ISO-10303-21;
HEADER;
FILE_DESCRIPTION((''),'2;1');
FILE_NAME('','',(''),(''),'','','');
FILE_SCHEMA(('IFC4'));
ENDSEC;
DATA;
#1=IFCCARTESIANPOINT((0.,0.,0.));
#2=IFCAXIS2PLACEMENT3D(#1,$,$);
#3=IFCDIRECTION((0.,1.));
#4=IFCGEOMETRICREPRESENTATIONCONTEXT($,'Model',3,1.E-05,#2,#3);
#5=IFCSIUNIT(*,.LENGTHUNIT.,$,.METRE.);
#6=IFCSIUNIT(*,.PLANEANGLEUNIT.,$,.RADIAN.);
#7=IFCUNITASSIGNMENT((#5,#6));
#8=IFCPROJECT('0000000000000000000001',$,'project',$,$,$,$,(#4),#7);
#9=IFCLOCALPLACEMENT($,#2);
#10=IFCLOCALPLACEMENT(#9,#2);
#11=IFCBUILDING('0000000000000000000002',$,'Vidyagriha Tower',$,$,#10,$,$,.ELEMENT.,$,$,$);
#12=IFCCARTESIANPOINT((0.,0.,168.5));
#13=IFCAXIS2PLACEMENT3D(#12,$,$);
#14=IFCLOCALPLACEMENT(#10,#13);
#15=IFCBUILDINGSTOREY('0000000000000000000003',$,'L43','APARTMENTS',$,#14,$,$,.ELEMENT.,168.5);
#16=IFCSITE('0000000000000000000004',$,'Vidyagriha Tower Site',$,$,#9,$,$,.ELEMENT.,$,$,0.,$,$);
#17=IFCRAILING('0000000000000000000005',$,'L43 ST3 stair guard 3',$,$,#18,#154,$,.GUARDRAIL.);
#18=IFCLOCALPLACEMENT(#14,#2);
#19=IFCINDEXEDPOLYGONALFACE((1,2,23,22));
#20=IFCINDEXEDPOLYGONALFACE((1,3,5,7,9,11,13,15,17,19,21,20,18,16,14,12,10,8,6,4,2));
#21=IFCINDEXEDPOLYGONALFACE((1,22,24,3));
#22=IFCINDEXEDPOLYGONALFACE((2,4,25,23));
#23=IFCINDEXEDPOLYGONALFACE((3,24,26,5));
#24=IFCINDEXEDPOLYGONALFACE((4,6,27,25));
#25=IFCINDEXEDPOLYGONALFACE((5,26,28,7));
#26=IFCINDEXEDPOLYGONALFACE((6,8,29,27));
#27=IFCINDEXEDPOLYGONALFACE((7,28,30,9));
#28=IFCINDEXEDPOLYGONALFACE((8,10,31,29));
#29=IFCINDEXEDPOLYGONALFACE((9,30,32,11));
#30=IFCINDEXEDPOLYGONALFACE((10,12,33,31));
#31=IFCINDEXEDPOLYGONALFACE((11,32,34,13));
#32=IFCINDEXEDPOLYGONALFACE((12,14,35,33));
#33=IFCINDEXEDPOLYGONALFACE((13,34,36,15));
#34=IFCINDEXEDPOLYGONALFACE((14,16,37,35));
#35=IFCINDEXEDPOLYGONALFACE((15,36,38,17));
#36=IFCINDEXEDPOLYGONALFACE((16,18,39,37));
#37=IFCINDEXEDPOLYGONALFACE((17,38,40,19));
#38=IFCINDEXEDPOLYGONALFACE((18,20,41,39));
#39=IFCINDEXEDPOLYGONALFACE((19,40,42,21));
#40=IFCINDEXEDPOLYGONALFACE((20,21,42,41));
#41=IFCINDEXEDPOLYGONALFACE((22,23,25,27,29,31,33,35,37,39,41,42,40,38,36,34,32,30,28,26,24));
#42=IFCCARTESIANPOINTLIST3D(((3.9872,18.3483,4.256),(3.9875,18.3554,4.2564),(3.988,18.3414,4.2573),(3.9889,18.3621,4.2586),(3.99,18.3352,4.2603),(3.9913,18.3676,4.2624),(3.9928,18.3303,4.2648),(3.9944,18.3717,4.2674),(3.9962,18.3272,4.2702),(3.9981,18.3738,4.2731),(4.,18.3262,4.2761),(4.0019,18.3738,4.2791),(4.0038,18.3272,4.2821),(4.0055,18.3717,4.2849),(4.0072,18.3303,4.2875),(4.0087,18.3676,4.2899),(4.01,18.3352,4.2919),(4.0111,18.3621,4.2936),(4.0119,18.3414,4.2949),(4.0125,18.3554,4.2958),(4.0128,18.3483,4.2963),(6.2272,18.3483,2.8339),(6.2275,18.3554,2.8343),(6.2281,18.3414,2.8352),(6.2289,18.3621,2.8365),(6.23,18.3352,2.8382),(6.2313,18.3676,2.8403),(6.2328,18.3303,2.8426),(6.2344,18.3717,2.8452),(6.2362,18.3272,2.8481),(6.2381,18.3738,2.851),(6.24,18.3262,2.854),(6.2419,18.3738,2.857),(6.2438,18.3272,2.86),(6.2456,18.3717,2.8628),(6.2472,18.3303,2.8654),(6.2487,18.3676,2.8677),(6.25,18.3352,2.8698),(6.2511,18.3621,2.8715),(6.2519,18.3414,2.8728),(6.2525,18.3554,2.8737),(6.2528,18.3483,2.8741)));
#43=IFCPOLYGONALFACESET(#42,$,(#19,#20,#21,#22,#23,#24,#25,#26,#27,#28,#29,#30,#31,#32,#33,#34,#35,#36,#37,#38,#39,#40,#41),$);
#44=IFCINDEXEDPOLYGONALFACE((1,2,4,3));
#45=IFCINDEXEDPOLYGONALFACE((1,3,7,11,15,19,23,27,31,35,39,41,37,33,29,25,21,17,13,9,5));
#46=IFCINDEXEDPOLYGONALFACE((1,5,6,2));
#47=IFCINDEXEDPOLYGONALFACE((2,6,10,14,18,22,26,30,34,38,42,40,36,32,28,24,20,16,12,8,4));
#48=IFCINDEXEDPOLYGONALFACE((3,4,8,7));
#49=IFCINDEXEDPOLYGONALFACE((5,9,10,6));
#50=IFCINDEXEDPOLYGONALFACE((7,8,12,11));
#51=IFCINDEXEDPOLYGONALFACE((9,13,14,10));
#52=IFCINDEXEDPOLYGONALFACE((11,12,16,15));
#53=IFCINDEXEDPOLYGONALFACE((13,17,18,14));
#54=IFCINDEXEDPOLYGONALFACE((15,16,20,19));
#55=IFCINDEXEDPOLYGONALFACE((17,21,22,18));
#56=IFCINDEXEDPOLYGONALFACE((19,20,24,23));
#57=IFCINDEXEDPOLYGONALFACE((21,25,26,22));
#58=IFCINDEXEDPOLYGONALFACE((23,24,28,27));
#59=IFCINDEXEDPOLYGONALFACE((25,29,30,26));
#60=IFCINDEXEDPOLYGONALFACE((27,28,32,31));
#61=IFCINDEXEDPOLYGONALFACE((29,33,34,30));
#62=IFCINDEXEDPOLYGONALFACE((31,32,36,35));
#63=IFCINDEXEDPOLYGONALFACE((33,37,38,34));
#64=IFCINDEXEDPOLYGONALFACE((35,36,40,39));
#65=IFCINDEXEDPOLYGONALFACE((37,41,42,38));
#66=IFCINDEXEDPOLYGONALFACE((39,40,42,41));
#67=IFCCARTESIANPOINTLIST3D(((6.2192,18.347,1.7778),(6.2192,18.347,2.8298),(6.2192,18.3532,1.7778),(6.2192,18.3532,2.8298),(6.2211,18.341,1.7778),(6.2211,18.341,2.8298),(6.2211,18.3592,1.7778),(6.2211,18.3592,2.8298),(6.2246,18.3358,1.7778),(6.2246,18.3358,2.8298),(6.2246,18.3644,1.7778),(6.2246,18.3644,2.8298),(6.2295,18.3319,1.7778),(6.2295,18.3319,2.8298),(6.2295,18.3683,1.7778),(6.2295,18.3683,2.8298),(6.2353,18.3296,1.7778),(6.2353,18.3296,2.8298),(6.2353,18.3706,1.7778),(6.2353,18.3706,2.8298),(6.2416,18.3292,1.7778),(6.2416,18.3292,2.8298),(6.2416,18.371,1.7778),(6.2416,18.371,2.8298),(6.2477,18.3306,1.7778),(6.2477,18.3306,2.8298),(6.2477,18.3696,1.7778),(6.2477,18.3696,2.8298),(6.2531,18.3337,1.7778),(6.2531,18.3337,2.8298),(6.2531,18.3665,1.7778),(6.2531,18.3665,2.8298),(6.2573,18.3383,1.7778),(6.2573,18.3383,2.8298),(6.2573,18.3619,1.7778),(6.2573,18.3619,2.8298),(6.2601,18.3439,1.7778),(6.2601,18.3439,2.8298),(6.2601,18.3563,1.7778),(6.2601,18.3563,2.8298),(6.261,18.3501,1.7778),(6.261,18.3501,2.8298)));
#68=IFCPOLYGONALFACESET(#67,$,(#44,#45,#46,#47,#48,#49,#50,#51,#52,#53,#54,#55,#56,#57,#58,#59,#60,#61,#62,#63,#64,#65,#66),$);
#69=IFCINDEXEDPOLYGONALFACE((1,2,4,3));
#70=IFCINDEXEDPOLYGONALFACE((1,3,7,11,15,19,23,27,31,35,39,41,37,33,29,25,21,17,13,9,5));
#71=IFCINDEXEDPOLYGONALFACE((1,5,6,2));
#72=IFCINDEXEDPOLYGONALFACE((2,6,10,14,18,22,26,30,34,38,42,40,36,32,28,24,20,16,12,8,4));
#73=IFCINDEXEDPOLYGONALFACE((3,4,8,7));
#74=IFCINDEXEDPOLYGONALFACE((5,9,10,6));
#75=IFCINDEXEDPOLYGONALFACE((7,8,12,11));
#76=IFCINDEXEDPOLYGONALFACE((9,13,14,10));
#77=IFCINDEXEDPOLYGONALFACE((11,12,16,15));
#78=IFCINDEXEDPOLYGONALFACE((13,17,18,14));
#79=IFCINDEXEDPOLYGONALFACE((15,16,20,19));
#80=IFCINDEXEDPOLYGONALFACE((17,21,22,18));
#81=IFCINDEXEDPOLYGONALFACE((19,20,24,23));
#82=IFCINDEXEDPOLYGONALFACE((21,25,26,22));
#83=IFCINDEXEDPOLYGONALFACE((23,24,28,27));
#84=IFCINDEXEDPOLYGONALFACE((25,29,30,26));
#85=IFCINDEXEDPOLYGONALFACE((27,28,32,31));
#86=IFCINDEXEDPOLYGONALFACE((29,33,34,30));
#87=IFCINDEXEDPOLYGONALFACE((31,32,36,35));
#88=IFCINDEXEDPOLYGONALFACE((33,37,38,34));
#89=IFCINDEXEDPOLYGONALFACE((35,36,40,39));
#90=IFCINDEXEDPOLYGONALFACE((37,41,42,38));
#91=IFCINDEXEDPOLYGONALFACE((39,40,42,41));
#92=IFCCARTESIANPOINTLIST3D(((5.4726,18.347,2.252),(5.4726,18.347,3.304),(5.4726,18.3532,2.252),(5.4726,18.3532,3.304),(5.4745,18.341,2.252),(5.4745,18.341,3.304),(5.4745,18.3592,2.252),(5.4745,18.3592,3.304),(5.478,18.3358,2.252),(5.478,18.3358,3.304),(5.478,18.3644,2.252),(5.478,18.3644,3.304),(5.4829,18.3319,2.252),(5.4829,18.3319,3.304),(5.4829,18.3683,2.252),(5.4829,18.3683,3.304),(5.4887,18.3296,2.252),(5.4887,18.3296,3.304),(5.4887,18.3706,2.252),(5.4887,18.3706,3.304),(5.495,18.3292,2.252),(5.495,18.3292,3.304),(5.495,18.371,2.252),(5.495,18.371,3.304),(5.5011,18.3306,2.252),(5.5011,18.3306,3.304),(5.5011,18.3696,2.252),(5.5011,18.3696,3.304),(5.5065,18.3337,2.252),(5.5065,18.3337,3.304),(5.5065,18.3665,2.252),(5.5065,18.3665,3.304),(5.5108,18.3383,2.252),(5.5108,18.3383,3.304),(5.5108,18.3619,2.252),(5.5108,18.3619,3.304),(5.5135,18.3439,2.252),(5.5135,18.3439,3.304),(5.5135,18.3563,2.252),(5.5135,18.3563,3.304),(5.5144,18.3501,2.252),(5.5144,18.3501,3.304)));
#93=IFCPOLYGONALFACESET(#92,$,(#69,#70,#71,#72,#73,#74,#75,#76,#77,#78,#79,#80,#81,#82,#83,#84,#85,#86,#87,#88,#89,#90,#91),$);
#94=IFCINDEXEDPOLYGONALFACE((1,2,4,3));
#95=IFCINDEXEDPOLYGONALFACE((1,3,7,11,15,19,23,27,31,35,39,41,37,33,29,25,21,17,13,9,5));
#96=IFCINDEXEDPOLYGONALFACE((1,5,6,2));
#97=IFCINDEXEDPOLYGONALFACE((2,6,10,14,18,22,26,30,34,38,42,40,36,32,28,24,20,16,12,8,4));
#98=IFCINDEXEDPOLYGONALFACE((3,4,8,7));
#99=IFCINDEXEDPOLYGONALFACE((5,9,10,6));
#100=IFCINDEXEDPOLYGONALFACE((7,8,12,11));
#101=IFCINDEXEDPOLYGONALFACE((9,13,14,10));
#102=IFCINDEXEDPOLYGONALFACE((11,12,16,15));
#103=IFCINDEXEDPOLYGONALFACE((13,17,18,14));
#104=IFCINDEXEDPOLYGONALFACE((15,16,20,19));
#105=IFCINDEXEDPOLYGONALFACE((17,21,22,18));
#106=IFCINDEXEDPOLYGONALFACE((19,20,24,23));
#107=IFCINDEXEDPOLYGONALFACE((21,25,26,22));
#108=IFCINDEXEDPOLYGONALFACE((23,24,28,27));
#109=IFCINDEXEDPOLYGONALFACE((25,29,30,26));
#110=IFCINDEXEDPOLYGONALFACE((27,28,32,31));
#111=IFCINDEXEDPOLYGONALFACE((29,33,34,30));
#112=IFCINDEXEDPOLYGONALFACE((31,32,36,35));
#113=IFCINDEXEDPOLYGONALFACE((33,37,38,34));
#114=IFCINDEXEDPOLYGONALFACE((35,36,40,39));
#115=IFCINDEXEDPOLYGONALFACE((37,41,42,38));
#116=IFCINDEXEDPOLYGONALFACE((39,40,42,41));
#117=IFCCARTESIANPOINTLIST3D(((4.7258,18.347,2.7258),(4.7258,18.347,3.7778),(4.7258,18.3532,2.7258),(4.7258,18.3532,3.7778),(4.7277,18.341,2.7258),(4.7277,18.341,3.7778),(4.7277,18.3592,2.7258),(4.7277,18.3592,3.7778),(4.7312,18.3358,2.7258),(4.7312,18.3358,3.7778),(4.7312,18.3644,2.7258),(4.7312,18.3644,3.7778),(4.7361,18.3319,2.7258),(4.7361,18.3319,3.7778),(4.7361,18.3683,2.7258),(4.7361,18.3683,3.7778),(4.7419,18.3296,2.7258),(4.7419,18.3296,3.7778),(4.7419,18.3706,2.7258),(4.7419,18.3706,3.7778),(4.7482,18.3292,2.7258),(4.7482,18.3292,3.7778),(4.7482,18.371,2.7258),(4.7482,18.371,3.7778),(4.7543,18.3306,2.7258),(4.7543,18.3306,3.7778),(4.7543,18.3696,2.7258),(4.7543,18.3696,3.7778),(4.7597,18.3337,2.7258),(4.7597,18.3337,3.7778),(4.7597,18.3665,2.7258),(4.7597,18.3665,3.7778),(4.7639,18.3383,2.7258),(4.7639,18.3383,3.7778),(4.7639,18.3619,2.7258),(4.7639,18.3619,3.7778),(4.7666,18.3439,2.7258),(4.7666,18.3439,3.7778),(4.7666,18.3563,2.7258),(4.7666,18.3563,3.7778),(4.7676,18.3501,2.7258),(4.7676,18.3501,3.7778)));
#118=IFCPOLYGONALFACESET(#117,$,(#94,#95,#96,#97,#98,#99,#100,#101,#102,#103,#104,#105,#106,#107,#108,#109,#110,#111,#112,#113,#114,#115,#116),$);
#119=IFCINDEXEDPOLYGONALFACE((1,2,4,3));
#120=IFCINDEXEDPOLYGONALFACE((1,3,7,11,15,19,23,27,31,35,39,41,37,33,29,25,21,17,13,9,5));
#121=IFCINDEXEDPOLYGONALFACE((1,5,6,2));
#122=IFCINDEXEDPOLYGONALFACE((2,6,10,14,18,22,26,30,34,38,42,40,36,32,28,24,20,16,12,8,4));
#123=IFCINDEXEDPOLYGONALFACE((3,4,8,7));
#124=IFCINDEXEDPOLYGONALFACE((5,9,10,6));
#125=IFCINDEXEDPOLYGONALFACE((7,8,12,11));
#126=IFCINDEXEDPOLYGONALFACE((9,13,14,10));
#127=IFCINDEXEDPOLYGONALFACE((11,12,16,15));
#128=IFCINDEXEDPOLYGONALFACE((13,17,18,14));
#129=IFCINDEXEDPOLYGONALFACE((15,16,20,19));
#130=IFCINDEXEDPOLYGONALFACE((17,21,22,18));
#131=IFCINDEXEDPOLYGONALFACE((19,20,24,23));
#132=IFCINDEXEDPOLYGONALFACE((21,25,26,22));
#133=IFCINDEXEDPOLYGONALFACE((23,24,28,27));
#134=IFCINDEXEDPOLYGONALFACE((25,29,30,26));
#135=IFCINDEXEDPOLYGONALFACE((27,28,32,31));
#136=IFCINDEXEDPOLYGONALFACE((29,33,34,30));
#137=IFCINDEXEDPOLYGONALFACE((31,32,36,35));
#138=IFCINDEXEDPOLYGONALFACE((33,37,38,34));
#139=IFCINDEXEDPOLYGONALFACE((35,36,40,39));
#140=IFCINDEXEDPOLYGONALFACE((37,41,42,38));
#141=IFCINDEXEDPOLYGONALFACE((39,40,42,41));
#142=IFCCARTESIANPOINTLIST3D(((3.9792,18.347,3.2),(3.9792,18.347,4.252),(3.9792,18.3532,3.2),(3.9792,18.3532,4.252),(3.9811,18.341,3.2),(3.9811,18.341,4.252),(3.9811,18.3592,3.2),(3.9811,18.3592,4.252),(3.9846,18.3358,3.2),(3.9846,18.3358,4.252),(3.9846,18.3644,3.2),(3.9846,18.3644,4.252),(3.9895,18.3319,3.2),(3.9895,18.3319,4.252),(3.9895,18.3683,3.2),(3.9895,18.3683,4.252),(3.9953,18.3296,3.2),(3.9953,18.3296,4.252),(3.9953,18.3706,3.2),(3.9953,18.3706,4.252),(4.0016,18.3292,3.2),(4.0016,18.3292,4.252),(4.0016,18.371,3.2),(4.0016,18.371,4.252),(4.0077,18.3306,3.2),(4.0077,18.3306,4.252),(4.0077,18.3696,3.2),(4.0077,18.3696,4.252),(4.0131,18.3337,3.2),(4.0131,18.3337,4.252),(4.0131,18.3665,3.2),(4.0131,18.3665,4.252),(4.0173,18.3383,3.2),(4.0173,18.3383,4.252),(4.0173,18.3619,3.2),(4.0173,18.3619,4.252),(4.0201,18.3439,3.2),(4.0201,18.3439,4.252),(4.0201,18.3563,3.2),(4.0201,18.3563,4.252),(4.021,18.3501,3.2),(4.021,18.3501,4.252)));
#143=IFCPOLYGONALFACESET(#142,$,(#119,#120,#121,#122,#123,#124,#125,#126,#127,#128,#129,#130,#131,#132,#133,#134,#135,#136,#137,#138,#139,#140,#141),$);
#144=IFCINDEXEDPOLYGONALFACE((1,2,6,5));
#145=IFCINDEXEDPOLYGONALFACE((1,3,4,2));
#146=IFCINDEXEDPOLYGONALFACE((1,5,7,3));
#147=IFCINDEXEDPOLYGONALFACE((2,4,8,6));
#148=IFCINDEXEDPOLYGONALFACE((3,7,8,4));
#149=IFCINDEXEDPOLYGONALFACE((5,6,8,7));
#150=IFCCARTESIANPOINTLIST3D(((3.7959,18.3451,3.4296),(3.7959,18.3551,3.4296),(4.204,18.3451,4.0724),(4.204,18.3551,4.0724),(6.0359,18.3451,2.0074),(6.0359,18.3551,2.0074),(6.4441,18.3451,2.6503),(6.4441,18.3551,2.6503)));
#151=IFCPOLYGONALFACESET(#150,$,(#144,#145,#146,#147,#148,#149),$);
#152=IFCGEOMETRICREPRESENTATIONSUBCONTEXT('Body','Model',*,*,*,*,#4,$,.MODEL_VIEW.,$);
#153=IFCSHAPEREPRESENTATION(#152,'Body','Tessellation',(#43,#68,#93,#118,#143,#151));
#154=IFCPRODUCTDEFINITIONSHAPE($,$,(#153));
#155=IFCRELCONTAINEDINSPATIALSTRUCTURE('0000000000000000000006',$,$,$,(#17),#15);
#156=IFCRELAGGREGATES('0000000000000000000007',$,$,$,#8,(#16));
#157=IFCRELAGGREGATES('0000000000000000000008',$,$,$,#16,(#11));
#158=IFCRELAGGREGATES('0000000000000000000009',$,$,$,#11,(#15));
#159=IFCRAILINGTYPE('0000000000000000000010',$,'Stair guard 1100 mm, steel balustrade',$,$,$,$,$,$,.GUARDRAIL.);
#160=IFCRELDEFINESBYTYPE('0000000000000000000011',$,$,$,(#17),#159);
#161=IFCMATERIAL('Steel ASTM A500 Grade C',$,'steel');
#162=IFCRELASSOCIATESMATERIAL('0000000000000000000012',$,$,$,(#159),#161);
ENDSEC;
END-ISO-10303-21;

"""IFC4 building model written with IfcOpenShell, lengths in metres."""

from ifc_helpers import new_model, si_unit, direction, frame, origin, origin_2d, place, context, subcontext, project, spatial, rectangle, circle, extrude, material, type_object, element, save


model = new_model("IFC4")

# Units and contexts
model_context = context("Model", 3, precision=1e-05, world=origin(), true_north=direction((0.0, 1.0)))
body_context = subcontext(model_context, "Body", "Model", "MODEL_VIEW")
ifc_project = project(units=[si_unit("LENGTHUNIT", "METRE"), si_unit("PLANEANGLEUNIT", "RADIAN")], contexts=[model_context])

# Site, building, storey
site_placement = place(None, origin())
site = spatial("IfcSite", under=ifc_project, at=site_placement, Name="Vidyagriha Tower Site", CompositionType="ELEMENT", RefElevation=0.0)
building_placement = place(site_placement, origin())
building = spatial("IfcBuilding", under=site, at=building_placement, Name="Vidyagriha Tower", CompositionType="ELEMENT")
storey_placement = place(building_placement, frame((0.0, 0.0, 168.5)))
storey = spatial("IfcBuildingStorey", under=building, at=storey_placement, Name="L43", Description="APARTMENTS", CompositionType="ELEMENT", Elevation=168.5)

# Railing
ifc_material_1 = material(Name="Steel ASTM A500 Grade C", Category="steel")
railing_type_1 = type_object("IfcRailingType", Name="Stair guard 1100 mm, steel balustrade", PredefinedType="GUARDRAIL", material=ifc_material_1)
railing_1_placement = place(storey_placement, frame((6.24, 18.3501, 1.7778)))
element("IfcRailing", 1, at=railing_1_placement, inside=storey, type_object=railing_type_1, Name="L43 ST3 stair guard 3", PredefinedType="GUARDRAIL", context=body_context, shape_type="SweptSolid", body=[
    extrude(circle(Radius=0.0239, at=origin_2d()), frame((0.0, 0.0, 1.0762), z_axis=(-0.844229, 0.0, 0.535982), x_axis=(0.0, -1.0, 0.0)), (0.0, 0.0, 1.0), 2.6533),
    extrude(circle(Radius=0.021, at=origin_2d()), origin(), (0.0, 0.0, 1.0), 1.052),
    extrude(circle(Radius=0.021, at=origin_2d()), frame((-0.7466, 0.0, 0.4741)), (0.0, 0.0, 1.0), 1.052),
    extrude(circle(Radius=0.021, at=origin_2d()), frame((-1.4934, 0.0, 0.948)), (0.0, 0.0, 1.0), 1.052),
    extrude(circle(Radius=0.021, at=origin_2d()), frame((-2.24, 0.0, 1.4221)), (0.0, 0.0, 1.0), 1.052),
    extrude(rectangle(XDim=0.01, YDim=0.7615, at=origin_2d()), frame((0.0, 0.0, 0.551), z_axis=(-0.844229, 0.0, 0.535982), x_axis=(0.0, -1.0, 0.0)), (0.0, 0.0, 1.0), 2.6533),
])

save(model, "model.ifc")
